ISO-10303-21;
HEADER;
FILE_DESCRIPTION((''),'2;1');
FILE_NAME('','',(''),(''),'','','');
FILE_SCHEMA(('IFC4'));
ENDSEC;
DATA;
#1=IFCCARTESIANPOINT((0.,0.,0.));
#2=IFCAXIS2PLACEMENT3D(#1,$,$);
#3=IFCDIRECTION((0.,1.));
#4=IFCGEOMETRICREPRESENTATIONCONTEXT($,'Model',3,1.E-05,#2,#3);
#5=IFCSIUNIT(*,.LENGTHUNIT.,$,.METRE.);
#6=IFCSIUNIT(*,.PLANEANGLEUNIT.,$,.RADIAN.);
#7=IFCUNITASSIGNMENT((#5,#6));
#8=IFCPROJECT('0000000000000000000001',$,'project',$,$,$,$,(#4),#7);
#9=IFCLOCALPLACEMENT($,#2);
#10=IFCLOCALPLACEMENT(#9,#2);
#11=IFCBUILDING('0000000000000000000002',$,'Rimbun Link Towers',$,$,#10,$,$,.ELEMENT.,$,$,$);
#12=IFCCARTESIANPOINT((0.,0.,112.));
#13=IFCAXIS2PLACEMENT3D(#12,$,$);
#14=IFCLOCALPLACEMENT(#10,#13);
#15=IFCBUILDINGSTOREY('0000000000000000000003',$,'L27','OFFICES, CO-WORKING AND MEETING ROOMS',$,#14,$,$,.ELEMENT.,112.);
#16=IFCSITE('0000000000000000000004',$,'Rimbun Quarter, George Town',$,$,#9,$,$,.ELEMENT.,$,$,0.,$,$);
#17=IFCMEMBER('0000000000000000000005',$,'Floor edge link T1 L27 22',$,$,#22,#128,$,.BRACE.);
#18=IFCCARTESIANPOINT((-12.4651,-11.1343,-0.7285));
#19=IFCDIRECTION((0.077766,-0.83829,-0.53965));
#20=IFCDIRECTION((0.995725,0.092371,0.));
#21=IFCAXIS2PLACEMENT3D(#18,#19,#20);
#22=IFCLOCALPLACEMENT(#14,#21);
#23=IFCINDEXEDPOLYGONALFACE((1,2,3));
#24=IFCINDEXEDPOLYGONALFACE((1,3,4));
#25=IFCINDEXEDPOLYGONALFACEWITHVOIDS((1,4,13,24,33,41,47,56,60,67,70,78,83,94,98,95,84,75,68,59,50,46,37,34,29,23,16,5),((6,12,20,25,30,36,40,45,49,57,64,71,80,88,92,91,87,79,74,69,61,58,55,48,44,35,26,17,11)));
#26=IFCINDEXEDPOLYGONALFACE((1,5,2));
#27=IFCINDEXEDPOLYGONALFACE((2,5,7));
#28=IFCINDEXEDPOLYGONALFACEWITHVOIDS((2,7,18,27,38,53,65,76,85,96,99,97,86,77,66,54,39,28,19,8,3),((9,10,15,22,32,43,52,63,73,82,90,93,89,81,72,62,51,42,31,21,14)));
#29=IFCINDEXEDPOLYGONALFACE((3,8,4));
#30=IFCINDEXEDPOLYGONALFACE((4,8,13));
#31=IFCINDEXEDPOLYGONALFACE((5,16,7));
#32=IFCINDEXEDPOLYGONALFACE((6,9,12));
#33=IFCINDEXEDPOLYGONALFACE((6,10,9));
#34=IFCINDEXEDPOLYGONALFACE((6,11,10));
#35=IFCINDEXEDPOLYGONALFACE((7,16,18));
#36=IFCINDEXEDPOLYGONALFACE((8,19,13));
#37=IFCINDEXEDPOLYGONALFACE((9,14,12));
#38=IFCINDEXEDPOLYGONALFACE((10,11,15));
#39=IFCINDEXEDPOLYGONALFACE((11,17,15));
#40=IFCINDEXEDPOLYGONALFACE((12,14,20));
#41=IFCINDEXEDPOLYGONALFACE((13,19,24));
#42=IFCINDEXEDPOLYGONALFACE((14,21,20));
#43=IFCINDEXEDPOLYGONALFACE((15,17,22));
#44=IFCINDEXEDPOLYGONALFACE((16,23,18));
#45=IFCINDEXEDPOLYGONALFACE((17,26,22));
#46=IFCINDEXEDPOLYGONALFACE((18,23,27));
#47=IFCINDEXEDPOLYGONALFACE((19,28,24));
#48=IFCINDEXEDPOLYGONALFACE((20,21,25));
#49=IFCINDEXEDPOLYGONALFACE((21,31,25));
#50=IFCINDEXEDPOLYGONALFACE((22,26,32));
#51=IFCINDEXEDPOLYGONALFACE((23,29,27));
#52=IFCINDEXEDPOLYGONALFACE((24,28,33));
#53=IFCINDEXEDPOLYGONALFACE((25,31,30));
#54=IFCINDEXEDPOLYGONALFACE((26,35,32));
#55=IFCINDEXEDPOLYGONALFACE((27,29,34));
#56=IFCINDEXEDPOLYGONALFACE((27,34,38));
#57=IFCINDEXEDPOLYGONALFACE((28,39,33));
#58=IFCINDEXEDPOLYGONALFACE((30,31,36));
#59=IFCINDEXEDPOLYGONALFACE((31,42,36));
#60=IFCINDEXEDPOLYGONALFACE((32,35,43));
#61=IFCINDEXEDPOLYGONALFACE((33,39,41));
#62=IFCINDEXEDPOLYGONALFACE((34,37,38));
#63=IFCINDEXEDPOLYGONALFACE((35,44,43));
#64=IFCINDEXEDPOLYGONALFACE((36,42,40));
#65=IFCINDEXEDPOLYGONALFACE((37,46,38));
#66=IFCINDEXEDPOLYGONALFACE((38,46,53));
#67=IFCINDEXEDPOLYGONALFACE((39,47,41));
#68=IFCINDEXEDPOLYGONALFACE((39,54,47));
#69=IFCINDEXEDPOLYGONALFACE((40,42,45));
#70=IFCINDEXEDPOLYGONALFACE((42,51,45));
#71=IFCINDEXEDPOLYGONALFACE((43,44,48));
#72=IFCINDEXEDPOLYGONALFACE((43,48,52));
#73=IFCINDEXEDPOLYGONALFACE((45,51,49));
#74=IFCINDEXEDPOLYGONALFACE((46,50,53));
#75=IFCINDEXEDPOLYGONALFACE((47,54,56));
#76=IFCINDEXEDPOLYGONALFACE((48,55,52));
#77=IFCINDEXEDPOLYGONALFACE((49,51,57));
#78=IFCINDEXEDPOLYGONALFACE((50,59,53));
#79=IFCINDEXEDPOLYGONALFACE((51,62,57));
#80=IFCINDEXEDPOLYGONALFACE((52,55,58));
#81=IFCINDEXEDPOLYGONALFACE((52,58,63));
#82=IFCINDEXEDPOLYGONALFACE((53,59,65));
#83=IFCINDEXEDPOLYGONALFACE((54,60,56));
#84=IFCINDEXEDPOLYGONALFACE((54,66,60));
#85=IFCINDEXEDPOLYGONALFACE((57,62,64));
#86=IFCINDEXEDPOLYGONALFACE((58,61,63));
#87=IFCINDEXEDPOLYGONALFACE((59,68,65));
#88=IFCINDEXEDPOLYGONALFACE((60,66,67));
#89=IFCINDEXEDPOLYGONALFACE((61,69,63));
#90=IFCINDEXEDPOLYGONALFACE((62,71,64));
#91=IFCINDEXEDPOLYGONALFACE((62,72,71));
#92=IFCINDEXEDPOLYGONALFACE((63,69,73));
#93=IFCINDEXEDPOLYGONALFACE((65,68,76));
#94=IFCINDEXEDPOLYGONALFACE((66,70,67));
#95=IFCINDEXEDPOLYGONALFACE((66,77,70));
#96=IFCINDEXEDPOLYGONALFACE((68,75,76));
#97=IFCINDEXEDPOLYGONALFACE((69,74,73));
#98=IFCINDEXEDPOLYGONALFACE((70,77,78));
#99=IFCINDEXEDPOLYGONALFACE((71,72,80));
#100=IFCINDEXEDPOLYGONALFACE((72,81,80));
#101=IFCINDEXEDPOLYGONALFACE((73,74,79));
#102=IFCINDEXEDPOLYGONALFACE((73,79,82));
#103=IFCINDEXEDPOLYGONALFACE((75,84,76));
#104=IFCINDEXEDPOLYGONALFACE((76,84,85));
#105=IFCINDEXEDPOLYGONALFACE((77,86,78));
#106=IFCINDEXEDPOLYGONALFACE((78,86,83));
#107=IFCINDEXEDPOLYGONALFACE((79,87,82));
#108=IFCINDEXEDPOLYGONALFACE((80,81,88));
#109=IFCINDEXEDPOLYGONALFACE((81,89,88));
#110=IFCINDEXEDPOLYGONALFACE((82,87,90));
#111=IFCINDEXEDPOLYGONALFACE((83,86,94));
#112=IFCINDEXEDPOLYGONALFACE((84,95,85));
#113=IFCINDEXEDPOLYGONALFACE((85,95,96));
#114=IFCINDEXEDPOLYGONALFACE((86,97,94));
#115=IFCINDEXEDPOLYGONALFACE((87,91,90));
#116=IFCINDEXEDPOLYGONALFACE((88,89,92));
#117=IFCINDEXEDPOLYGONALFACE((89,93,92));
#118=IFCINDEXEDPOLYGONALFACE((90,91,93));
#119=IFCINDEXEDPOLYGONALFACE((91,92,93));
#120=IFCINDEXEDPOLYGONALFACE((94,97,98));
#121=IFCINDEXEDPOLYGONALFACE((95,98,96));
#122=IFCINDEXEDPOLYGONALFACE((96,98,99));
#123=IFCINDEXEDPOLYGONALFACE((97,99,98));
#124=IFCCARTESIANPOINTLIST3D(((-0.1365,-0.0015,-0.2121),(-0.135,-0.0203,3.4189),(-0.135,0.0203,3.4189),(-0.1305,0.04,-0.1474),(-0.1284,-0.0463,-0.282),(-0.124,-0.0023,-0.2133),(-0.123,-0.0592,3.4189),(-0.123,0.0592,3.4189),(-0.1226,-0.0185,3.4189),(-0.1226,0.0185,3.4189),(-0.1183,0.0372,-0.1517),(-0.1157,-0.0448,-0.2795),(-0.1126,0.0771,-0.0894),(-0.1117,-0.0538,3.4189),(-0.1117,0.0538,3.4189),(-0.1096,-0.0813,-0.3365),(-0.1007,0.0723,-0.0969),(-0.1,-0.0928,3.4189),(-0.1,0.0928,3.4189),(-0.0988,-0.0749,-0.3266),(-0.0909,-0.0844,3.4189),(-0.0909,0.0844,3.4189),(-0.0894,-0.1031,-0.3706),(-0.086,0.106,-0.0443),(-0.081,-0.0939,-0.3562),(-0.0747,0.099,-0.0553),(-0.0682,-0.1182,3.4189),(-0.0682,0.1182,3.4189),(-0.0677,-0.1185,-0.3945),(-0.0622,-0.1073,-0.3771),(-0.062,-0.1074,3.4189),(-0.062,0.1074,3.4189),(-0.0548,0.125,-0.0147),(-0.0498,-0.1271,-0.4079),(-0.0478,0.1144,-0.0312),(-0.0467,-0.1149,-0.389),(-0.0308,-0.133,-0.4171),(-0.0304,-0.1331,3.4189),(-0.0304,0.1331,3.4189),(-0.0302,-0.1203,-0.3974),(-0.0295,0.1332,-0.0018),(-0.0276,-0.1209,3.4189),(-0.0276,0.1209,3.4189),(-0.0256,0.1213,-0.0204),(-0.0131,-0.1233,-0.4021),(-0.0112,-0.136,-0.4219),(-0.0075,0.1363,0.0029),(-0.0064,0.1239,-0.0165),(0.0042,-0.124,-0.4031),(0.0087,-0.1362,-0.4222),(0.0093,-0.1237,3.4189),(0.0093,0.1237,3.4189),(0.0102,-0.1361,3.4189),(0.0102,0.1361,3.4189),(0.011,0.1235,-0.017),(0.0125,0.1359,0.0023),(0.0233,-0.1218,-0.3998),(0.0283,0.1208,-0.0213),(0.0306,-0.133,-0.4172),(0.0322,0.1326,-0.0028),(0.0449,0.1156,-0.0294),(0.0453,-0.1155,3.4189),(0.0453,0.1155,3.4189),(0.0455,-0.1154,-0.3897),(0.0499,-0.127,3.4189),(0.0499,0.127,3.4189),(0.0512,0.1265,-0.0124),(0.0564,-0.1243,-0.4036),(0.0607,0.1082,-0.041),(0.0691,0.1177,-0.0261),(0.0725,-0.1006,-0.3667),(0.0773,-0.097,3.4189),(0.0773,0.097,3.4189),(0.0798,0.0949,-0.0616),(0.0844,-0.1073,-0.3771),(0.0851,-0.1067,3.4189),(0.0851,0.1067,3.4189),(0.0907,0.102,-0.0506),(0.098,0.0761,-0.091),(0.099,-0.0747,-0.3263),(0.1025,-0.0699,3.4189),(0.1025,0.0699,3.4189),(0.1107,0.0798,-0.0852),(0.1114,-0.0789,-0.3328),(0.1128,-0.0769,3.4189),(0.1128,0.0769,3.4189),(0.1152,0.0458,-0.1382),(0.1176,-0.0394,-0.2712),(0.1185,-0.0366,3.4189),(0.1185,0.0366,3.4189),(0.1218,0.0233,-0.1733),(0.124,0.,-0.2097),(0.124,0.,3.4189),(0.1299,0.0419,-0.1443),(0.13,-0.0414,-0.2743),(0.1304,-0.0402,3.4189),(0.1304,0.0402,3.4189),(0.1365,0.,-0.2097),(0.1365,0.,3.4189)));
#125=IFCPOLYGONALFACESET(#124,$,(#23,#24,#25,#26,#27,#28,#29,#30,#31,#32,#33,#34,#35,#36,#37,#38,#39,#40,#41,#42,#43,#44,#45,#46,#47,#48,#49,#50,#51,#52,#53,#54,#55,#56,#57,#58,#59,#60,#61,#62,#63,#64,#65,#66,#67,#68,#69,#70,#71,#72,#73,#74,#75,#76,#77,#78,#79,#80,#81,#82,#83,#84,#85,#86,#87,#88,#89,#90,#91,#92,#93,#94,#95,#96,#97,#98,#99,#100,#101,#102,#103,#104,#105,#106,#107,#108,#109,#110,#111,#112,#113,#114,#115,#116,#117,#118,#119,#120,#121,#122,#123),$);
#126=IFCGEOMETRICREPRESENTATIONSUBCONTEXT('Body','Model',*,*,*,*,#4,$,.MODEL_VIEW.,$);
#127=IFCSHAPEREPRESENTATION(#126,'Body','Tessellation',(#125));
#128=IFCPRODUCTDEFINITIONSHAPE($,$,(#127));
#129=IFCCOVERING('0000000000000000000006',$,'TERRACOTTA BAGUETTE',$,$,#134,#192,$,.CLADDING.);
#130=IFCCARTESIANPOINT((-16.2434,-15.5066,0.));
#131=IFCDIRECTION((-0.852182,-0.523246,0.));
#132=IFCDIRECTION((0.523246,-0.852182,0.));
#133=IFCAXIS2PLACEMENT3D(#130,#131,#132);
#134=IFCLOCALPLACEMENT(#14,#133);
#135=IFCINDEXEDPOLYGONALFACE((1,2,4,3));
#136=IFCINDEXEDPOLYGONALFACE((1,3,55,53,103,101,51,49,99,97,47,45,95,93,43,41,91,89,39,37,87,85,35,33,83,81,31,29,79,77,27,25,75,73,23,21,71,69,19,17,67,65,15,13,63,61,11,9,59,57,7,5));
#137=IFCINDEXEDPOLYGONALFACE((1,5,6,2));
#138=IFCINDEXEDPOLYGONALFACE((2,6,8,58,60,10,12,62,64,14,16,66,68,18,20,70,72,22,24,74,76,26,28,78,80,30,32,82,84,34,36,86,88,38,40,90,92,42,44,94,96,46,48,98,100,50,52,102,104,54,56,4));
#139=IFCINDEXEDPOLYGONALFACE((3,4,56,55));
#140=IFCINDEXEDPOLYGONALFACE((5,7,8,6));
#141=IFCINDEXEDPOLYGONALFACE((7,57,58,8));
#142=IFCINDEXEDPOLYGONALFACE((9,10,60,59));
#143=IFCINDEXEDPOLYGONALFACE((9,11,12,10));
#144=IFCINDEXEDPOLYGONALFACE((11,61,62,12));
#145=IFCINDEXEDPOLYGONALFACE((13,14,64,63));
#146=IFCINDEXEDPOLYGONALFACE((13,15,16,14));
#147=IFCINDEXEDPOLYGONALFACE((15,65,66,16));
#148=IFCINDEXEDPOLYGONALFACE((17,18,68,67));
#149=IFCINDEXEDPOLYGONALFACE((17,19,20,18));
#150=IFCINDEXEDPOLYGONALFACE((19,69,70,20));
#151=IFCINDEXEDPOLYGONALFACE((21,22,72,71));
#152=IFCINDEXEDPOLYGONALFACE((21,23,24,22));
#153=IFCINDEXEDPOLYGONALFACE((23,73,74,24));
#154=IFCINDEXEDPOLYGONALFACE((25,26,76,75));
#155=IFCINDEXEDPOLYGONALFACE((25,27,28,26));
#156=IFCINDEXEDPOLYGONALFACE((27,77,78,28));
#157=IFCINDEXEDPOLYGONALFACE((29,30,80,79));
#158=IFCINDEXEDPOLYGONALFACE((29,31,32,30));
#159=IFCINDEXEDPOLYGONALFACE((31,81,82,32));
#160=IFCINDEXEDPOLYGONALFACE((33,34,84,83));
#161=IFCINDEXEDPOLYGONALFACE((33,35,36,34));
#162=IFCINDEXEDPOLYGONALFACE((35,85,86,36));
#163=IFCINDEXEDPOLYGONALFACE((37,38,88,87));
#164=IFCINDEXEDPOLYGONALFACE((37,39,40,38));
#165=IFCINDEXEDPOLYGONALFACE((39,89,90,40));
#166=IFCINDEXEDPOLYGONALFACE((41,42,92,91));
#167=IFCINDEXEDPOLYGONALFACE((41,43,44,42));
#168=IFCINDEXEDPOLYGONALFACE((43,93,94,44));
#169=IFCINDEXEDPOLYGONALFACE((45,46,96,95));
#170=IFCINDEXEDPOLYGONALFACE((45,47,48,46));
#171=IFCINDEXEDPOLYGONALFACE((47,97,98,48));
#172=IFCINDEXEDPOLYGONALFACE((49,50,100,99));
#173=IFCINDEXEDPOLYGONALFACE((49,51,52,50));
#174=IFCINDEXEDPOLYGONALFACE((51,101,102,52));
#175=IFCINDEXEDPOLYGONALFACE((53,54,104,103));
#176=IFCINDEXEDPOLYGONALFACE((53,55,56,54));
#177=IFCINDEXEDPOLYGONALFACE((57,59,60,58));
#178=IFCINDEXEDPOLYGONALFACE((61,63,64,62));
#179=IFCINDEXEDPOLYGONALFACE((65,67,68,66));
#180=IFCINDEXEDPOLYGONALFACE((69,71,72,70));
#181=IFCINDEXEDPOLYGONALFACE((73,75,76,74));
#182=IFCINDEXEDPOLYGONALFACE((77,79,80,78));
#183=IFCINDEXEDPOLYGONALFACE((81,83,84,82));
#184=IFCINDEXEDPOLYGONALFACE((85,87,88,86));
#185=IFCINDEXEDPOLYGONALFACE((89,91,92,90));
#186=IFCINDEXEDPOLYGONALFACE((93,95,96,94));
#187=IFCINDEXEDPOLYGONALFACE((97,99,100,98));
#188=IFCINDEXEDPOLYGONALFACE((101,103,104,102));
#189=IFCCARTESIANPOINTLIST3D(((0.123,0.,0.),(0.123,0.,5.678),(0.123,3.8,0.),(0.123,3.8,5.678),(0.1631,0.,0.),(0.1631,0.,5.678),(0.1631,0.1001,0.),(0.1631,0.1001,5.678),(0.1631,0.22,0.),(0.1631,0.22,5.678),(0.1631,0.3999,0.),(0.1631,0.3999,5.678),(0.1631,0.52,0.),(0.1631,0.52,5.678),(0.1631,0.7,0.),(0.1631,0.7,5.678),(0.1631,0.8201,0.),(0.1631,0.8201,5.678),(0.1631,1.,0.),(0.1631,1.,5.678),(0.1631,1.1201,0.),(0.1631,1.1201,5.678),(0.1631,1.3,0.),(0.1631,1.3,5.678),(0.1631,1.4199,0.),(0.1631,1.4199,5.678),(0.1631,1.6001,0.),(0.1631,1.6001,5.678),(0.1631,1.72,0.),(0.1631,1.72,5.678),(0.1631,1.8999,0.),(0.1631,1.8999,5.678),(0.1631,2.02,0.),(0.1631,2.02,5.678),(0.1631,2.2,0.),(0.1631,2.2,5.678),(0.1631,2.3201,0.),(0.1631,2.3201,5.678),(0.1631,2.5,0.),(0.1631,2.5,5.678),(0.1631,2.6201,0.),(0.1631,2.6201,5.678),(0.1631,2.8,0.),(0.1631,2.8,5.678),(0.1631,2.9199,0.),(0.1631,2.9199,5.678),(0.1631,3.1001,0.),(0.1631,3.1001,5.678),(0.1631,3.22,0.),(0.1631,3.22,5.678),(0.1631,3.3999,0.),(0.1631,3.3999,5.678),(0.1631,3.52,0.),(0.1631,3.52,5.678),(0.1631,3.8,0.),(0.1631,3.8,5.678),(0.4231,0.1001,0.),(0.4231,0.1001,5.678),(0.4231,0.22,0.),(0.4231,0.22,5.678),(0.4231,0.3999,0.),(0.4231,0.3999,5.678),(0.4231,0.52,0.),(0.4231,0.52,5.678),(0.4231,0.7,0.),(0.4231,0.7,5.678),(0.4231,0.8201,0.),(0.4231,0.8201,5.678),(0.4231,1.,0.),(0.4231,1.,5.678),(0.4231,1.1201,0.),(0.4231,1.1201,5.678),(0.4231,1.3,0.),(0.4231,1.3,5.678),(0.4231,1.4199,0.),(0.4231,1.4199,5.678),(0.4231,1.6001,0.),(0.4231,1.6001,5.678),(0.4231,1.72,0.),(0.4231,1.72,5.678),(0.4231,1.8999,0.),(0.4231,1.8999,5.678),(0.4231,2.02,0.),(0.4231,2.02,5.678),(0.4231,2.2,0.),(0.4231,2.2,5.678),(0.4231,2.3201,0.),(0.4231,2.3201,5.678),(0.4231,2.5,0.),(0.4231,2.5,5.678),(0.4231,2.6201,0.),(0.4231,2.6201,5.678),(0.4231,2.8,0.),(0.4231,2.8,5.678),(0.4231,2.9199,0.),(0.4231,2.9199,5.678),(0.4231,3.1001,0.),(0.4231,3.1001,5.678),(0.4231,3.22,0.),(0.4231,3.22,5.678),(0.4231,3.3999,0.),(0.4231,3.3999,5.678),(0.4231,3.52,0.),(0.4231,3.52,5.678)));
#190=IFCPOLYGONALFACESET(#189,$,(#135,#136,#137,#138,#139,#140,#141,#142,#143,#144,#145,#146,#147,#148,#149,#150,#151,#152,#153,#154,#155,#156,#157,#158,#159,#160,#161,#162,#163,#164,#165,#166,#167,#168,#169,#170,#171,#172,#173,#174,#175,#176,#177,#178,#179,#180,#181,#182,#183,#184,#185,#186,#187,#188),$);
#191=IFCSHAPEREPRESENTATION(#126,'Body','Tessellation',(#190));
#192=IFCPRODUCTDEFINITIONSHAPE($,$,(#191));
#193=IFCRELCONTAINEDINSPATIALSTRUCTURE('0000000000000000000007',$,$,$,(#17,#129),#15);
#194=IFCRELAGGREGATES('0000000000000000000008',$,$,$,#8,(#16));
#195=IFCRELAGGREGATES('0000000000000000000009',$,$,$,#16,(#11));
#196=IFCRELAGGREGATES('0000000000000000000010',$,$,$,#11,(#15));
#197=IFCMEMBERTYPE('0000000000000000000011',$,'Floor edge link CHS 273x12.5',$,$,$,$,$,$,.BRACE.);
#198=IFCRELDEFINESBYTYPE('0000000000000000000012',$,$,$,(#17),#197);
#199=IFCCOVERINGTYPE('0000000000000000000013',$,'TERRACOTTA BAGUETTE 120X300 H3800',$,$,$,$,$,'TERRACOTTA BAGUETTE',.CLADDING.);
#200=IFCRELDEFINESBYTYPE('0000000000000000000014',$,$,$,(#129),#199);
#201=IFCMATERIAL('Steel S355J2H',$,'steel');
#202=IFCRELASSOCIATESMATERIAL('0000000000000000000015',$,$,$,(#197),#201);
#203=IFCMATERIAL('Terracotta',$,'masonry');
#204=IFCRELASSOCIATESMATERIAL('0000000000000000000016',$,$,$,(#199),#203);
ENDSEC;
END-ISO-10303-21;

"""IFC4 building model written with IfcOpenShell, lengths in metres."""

from ifc_helpers import new_model, si_unit, direction, frame, origin, origin_2d, place, context, subcontext, project, spatial, polyline, hollow_circle, outline, extrude, clip, halfspace, material, material_profile, profile_set, type_object, element, save


model = new_model("IFC4")

# Units and contexts
model_context = context("Model", 3, precision=1e-05, world=origin(), true_north=direction((0.0, 1.0)))
body_context = subcontext(model_context, "Body", "Model", "MODEL_VIEW")
ifc_project = project(units=[si_unit("LENGTHUNIT", "METRE"), si_unit("PLANEANGLEUNIT", "RADIAN")], contexts=[model_context])

# Site, building, storey
site_placement = place(None, origin())
site = spatial("IfcSite", under=ifc_project, at=site_placement, Name="Rimbun Quarter, George Town", CompositionType="ELEMENT", RefElevation=0.0)
building_placement = place(site_placement, origin())
building = spatial("IfcBuilding", under=site, at=building_placement, Name="Rimbun Link Towers", CompositionType="ELEMENT")
storey_placement = place(building_placement, frame((0.0, 0.0, 112.0)))
storey = spatial("IfcBuildingStorey", under=building, at=storey_placement, Name="L27", Description="OFFICES, CO-WORKING AND MEETING ROOMS", CompositionType="ELEMENT", Elevation=112.0)

# Member
ifc_material_1 = material(Name="Steel S355J2H", Category="steel")
ifc_material_profile_1 = material_profile(ifc_material_1, hollow_circle(Radius=0.1365, WallThickness=0.0125, at=origin_2d()), Name="CHS 273x12.5")
ifc_profile_set_1 = profile_set([ifc_material_profile_1], Name="Steel S355J2H")
member_type_1 = type_object("IfcMemberType", Name="Floor edge link CHS 273x12.5", PredefinedType="BRACE", material=ifc_profile_set_1)
member_1_placement = place(storey_placement, frame((-12.4651, -11.1343, -0.7285), z_axis=(0.077766, -0.83829, -0.53965), x_axis=(0.995725, 0.092371, 0.0)))
element("IfcMember", 1, at=member_1_placement, inside=storey, type_object=member_type_1, Name="Floor edge link T1 L27 22", PredefinedType="BRACE", context=body_context, shape_type="Clipping", body=[
    clip(extrude(hollow_circle(Radius=0.1365, WallThickness=0.0125, at=origin_2d()), frame((0.0, 0.0, -0.4443)), (0.0, 0.0, 1.0), 3.8633), halfspace(frame((0.0, 0.0, -0.2097), z_axis=(0.0, 0.841889, -0.53965)), False)),
])

# Covering
ifc_material_2 = material(Name="Terracotta", Category="masonry")
ifc_material_profile_2 = material_profile(ifc_material_2, outline(polyline([(0.123, 0.0), (0.1631, 0.0), (0.1631, 0.1001), (0.4231, 0.1001), (0.4231, 0.22), (0.1631, 0.22), (0.1631, 0.3999), (0.4231, 0.3999), (0.4231, 0.52), (0.1631, 0.52), (0.1631, 0.7), (0.4231, 0.7), (0.4231, 0.8201), (0.1631, 0.8201), (0.1631, 1.0), (0.4231, 1.0), (0.4231, 1.1201), (0.1631, 1.1201), (0.1631, 1.3), (0.4231, 1.3), (0.4231, 1.4199), (0.1631, 1.4199), (0.1631, 1.6001), (0.4231, 1.6001), (0.4231, 1.72), (0.1631, 1.72), (0.1631, 1.8999), (0.4231, 1.8999), (0.4231, 2.02), (0.1631, 2.02), (0.1631, 2.2), (0.4231, 2.2), (0.4231, 2.3201), (0.1631, 2.3201), (0.1631, 2.5), (0.4231, 2.5), (0.4231, 2.6201), (0.1631, 2.6201), (0.1631, 2.8), (0.4231, 2.8), (0.4231, 2.9199), (0.1631, 2.9199), (0.1631, 3.1001), (0.4231, 3.1001), (0.4231, 3.22), (0.1631, 3.22), (0.1631, 3.3999), (0.4231, 3.3999), (0.4231, 3.52), (0.1631, 3.52), (0.1631, 3.8), (0.123, 3.8), (0.123, 0.0)])), Name="BAGUETTE 120X300")
ifc_profile_set_2 = profile_set([ifc_material_profile_2], Name="Terracotta")
covering_type = type_object("IfcCoveringType", Name="TERRACOTTA BAGUETTE 120X300 H3800", ElementType="TERRACOTTA BAGUETTE", PredefinedType="CLADDING", material=ifc_profile_set_2)
covering_1_placement = place(storey_placement, frame((-16.2434, -15.5066, 0.0), z_axis=(-0.852182, -0.523246, 0.0), x_axis=(0.523246, -0.852182, 0.0)))
element("IfcCovering", 2, at=covering_1_placement, inside=storey, type_object=covering_type, Name="TERRACOTTA BAGUETTE", PredefinedType="CLADDING", context=body_context, shape_type="SweptSolid", body=[
    extrude(outline(polyline([(0.123, 0.0), (0.1631, 0.0), (0.1631, 0.1001), (0.4231, 0.1001), (0.4231, 0.22), (0.1631, 0.22), (0.1631, 0.3999), (0.4231, 0.3999), (0.4231, 0.52), (0.1631, 0.52), (0.1631, 0.7), (0.4231, 0.7), (0.4231, 0.8201), (0.1631, 0.8201), (0.1631, 1.0), (0.4231, 1.0), (0.4231, 1.1201), (0.1631, 1.1201), (0.1631, 1.3), (0.4231, 1.3), (0.4231, 1.4199), (0.1631, 1.4199), (0.1631, 1.6001), (0.4231, 1.6001), (0.4231, 1.72), (0.1631, 1.72), (0.1631, 1.8999), (0.4231, 1.8999), (0.4231, 2.02), (0.1631, 2.02), (0.1631, 2.2), (0.4231, 2.2), (0.4231, 2.3201), (0.1631, 2.3201), (0.1631, 2.5), (0.4231, 2.5), (0.4231, 2.6201), (0.1631, 2.6201), (0.1631, 2.8), (0.4231, 2.8), (0.4231, 2.9199), (0.1631, 2.9199), (0.1631, 3.1001), (0.4231, 3.1001), (0.4231, 3.22), (0.1631, 3.22), (0.1631, 3.3999), (0.4231, 3.3999), (0.4231, 3.52), (0.1631, 3.52), (0.1631, 3.8), (0.123, 3.8), (0.123, 0.0)])), origin(), (0.0, 0.0, 1.0), 5.678),
])

save(model, "model.ifc")
